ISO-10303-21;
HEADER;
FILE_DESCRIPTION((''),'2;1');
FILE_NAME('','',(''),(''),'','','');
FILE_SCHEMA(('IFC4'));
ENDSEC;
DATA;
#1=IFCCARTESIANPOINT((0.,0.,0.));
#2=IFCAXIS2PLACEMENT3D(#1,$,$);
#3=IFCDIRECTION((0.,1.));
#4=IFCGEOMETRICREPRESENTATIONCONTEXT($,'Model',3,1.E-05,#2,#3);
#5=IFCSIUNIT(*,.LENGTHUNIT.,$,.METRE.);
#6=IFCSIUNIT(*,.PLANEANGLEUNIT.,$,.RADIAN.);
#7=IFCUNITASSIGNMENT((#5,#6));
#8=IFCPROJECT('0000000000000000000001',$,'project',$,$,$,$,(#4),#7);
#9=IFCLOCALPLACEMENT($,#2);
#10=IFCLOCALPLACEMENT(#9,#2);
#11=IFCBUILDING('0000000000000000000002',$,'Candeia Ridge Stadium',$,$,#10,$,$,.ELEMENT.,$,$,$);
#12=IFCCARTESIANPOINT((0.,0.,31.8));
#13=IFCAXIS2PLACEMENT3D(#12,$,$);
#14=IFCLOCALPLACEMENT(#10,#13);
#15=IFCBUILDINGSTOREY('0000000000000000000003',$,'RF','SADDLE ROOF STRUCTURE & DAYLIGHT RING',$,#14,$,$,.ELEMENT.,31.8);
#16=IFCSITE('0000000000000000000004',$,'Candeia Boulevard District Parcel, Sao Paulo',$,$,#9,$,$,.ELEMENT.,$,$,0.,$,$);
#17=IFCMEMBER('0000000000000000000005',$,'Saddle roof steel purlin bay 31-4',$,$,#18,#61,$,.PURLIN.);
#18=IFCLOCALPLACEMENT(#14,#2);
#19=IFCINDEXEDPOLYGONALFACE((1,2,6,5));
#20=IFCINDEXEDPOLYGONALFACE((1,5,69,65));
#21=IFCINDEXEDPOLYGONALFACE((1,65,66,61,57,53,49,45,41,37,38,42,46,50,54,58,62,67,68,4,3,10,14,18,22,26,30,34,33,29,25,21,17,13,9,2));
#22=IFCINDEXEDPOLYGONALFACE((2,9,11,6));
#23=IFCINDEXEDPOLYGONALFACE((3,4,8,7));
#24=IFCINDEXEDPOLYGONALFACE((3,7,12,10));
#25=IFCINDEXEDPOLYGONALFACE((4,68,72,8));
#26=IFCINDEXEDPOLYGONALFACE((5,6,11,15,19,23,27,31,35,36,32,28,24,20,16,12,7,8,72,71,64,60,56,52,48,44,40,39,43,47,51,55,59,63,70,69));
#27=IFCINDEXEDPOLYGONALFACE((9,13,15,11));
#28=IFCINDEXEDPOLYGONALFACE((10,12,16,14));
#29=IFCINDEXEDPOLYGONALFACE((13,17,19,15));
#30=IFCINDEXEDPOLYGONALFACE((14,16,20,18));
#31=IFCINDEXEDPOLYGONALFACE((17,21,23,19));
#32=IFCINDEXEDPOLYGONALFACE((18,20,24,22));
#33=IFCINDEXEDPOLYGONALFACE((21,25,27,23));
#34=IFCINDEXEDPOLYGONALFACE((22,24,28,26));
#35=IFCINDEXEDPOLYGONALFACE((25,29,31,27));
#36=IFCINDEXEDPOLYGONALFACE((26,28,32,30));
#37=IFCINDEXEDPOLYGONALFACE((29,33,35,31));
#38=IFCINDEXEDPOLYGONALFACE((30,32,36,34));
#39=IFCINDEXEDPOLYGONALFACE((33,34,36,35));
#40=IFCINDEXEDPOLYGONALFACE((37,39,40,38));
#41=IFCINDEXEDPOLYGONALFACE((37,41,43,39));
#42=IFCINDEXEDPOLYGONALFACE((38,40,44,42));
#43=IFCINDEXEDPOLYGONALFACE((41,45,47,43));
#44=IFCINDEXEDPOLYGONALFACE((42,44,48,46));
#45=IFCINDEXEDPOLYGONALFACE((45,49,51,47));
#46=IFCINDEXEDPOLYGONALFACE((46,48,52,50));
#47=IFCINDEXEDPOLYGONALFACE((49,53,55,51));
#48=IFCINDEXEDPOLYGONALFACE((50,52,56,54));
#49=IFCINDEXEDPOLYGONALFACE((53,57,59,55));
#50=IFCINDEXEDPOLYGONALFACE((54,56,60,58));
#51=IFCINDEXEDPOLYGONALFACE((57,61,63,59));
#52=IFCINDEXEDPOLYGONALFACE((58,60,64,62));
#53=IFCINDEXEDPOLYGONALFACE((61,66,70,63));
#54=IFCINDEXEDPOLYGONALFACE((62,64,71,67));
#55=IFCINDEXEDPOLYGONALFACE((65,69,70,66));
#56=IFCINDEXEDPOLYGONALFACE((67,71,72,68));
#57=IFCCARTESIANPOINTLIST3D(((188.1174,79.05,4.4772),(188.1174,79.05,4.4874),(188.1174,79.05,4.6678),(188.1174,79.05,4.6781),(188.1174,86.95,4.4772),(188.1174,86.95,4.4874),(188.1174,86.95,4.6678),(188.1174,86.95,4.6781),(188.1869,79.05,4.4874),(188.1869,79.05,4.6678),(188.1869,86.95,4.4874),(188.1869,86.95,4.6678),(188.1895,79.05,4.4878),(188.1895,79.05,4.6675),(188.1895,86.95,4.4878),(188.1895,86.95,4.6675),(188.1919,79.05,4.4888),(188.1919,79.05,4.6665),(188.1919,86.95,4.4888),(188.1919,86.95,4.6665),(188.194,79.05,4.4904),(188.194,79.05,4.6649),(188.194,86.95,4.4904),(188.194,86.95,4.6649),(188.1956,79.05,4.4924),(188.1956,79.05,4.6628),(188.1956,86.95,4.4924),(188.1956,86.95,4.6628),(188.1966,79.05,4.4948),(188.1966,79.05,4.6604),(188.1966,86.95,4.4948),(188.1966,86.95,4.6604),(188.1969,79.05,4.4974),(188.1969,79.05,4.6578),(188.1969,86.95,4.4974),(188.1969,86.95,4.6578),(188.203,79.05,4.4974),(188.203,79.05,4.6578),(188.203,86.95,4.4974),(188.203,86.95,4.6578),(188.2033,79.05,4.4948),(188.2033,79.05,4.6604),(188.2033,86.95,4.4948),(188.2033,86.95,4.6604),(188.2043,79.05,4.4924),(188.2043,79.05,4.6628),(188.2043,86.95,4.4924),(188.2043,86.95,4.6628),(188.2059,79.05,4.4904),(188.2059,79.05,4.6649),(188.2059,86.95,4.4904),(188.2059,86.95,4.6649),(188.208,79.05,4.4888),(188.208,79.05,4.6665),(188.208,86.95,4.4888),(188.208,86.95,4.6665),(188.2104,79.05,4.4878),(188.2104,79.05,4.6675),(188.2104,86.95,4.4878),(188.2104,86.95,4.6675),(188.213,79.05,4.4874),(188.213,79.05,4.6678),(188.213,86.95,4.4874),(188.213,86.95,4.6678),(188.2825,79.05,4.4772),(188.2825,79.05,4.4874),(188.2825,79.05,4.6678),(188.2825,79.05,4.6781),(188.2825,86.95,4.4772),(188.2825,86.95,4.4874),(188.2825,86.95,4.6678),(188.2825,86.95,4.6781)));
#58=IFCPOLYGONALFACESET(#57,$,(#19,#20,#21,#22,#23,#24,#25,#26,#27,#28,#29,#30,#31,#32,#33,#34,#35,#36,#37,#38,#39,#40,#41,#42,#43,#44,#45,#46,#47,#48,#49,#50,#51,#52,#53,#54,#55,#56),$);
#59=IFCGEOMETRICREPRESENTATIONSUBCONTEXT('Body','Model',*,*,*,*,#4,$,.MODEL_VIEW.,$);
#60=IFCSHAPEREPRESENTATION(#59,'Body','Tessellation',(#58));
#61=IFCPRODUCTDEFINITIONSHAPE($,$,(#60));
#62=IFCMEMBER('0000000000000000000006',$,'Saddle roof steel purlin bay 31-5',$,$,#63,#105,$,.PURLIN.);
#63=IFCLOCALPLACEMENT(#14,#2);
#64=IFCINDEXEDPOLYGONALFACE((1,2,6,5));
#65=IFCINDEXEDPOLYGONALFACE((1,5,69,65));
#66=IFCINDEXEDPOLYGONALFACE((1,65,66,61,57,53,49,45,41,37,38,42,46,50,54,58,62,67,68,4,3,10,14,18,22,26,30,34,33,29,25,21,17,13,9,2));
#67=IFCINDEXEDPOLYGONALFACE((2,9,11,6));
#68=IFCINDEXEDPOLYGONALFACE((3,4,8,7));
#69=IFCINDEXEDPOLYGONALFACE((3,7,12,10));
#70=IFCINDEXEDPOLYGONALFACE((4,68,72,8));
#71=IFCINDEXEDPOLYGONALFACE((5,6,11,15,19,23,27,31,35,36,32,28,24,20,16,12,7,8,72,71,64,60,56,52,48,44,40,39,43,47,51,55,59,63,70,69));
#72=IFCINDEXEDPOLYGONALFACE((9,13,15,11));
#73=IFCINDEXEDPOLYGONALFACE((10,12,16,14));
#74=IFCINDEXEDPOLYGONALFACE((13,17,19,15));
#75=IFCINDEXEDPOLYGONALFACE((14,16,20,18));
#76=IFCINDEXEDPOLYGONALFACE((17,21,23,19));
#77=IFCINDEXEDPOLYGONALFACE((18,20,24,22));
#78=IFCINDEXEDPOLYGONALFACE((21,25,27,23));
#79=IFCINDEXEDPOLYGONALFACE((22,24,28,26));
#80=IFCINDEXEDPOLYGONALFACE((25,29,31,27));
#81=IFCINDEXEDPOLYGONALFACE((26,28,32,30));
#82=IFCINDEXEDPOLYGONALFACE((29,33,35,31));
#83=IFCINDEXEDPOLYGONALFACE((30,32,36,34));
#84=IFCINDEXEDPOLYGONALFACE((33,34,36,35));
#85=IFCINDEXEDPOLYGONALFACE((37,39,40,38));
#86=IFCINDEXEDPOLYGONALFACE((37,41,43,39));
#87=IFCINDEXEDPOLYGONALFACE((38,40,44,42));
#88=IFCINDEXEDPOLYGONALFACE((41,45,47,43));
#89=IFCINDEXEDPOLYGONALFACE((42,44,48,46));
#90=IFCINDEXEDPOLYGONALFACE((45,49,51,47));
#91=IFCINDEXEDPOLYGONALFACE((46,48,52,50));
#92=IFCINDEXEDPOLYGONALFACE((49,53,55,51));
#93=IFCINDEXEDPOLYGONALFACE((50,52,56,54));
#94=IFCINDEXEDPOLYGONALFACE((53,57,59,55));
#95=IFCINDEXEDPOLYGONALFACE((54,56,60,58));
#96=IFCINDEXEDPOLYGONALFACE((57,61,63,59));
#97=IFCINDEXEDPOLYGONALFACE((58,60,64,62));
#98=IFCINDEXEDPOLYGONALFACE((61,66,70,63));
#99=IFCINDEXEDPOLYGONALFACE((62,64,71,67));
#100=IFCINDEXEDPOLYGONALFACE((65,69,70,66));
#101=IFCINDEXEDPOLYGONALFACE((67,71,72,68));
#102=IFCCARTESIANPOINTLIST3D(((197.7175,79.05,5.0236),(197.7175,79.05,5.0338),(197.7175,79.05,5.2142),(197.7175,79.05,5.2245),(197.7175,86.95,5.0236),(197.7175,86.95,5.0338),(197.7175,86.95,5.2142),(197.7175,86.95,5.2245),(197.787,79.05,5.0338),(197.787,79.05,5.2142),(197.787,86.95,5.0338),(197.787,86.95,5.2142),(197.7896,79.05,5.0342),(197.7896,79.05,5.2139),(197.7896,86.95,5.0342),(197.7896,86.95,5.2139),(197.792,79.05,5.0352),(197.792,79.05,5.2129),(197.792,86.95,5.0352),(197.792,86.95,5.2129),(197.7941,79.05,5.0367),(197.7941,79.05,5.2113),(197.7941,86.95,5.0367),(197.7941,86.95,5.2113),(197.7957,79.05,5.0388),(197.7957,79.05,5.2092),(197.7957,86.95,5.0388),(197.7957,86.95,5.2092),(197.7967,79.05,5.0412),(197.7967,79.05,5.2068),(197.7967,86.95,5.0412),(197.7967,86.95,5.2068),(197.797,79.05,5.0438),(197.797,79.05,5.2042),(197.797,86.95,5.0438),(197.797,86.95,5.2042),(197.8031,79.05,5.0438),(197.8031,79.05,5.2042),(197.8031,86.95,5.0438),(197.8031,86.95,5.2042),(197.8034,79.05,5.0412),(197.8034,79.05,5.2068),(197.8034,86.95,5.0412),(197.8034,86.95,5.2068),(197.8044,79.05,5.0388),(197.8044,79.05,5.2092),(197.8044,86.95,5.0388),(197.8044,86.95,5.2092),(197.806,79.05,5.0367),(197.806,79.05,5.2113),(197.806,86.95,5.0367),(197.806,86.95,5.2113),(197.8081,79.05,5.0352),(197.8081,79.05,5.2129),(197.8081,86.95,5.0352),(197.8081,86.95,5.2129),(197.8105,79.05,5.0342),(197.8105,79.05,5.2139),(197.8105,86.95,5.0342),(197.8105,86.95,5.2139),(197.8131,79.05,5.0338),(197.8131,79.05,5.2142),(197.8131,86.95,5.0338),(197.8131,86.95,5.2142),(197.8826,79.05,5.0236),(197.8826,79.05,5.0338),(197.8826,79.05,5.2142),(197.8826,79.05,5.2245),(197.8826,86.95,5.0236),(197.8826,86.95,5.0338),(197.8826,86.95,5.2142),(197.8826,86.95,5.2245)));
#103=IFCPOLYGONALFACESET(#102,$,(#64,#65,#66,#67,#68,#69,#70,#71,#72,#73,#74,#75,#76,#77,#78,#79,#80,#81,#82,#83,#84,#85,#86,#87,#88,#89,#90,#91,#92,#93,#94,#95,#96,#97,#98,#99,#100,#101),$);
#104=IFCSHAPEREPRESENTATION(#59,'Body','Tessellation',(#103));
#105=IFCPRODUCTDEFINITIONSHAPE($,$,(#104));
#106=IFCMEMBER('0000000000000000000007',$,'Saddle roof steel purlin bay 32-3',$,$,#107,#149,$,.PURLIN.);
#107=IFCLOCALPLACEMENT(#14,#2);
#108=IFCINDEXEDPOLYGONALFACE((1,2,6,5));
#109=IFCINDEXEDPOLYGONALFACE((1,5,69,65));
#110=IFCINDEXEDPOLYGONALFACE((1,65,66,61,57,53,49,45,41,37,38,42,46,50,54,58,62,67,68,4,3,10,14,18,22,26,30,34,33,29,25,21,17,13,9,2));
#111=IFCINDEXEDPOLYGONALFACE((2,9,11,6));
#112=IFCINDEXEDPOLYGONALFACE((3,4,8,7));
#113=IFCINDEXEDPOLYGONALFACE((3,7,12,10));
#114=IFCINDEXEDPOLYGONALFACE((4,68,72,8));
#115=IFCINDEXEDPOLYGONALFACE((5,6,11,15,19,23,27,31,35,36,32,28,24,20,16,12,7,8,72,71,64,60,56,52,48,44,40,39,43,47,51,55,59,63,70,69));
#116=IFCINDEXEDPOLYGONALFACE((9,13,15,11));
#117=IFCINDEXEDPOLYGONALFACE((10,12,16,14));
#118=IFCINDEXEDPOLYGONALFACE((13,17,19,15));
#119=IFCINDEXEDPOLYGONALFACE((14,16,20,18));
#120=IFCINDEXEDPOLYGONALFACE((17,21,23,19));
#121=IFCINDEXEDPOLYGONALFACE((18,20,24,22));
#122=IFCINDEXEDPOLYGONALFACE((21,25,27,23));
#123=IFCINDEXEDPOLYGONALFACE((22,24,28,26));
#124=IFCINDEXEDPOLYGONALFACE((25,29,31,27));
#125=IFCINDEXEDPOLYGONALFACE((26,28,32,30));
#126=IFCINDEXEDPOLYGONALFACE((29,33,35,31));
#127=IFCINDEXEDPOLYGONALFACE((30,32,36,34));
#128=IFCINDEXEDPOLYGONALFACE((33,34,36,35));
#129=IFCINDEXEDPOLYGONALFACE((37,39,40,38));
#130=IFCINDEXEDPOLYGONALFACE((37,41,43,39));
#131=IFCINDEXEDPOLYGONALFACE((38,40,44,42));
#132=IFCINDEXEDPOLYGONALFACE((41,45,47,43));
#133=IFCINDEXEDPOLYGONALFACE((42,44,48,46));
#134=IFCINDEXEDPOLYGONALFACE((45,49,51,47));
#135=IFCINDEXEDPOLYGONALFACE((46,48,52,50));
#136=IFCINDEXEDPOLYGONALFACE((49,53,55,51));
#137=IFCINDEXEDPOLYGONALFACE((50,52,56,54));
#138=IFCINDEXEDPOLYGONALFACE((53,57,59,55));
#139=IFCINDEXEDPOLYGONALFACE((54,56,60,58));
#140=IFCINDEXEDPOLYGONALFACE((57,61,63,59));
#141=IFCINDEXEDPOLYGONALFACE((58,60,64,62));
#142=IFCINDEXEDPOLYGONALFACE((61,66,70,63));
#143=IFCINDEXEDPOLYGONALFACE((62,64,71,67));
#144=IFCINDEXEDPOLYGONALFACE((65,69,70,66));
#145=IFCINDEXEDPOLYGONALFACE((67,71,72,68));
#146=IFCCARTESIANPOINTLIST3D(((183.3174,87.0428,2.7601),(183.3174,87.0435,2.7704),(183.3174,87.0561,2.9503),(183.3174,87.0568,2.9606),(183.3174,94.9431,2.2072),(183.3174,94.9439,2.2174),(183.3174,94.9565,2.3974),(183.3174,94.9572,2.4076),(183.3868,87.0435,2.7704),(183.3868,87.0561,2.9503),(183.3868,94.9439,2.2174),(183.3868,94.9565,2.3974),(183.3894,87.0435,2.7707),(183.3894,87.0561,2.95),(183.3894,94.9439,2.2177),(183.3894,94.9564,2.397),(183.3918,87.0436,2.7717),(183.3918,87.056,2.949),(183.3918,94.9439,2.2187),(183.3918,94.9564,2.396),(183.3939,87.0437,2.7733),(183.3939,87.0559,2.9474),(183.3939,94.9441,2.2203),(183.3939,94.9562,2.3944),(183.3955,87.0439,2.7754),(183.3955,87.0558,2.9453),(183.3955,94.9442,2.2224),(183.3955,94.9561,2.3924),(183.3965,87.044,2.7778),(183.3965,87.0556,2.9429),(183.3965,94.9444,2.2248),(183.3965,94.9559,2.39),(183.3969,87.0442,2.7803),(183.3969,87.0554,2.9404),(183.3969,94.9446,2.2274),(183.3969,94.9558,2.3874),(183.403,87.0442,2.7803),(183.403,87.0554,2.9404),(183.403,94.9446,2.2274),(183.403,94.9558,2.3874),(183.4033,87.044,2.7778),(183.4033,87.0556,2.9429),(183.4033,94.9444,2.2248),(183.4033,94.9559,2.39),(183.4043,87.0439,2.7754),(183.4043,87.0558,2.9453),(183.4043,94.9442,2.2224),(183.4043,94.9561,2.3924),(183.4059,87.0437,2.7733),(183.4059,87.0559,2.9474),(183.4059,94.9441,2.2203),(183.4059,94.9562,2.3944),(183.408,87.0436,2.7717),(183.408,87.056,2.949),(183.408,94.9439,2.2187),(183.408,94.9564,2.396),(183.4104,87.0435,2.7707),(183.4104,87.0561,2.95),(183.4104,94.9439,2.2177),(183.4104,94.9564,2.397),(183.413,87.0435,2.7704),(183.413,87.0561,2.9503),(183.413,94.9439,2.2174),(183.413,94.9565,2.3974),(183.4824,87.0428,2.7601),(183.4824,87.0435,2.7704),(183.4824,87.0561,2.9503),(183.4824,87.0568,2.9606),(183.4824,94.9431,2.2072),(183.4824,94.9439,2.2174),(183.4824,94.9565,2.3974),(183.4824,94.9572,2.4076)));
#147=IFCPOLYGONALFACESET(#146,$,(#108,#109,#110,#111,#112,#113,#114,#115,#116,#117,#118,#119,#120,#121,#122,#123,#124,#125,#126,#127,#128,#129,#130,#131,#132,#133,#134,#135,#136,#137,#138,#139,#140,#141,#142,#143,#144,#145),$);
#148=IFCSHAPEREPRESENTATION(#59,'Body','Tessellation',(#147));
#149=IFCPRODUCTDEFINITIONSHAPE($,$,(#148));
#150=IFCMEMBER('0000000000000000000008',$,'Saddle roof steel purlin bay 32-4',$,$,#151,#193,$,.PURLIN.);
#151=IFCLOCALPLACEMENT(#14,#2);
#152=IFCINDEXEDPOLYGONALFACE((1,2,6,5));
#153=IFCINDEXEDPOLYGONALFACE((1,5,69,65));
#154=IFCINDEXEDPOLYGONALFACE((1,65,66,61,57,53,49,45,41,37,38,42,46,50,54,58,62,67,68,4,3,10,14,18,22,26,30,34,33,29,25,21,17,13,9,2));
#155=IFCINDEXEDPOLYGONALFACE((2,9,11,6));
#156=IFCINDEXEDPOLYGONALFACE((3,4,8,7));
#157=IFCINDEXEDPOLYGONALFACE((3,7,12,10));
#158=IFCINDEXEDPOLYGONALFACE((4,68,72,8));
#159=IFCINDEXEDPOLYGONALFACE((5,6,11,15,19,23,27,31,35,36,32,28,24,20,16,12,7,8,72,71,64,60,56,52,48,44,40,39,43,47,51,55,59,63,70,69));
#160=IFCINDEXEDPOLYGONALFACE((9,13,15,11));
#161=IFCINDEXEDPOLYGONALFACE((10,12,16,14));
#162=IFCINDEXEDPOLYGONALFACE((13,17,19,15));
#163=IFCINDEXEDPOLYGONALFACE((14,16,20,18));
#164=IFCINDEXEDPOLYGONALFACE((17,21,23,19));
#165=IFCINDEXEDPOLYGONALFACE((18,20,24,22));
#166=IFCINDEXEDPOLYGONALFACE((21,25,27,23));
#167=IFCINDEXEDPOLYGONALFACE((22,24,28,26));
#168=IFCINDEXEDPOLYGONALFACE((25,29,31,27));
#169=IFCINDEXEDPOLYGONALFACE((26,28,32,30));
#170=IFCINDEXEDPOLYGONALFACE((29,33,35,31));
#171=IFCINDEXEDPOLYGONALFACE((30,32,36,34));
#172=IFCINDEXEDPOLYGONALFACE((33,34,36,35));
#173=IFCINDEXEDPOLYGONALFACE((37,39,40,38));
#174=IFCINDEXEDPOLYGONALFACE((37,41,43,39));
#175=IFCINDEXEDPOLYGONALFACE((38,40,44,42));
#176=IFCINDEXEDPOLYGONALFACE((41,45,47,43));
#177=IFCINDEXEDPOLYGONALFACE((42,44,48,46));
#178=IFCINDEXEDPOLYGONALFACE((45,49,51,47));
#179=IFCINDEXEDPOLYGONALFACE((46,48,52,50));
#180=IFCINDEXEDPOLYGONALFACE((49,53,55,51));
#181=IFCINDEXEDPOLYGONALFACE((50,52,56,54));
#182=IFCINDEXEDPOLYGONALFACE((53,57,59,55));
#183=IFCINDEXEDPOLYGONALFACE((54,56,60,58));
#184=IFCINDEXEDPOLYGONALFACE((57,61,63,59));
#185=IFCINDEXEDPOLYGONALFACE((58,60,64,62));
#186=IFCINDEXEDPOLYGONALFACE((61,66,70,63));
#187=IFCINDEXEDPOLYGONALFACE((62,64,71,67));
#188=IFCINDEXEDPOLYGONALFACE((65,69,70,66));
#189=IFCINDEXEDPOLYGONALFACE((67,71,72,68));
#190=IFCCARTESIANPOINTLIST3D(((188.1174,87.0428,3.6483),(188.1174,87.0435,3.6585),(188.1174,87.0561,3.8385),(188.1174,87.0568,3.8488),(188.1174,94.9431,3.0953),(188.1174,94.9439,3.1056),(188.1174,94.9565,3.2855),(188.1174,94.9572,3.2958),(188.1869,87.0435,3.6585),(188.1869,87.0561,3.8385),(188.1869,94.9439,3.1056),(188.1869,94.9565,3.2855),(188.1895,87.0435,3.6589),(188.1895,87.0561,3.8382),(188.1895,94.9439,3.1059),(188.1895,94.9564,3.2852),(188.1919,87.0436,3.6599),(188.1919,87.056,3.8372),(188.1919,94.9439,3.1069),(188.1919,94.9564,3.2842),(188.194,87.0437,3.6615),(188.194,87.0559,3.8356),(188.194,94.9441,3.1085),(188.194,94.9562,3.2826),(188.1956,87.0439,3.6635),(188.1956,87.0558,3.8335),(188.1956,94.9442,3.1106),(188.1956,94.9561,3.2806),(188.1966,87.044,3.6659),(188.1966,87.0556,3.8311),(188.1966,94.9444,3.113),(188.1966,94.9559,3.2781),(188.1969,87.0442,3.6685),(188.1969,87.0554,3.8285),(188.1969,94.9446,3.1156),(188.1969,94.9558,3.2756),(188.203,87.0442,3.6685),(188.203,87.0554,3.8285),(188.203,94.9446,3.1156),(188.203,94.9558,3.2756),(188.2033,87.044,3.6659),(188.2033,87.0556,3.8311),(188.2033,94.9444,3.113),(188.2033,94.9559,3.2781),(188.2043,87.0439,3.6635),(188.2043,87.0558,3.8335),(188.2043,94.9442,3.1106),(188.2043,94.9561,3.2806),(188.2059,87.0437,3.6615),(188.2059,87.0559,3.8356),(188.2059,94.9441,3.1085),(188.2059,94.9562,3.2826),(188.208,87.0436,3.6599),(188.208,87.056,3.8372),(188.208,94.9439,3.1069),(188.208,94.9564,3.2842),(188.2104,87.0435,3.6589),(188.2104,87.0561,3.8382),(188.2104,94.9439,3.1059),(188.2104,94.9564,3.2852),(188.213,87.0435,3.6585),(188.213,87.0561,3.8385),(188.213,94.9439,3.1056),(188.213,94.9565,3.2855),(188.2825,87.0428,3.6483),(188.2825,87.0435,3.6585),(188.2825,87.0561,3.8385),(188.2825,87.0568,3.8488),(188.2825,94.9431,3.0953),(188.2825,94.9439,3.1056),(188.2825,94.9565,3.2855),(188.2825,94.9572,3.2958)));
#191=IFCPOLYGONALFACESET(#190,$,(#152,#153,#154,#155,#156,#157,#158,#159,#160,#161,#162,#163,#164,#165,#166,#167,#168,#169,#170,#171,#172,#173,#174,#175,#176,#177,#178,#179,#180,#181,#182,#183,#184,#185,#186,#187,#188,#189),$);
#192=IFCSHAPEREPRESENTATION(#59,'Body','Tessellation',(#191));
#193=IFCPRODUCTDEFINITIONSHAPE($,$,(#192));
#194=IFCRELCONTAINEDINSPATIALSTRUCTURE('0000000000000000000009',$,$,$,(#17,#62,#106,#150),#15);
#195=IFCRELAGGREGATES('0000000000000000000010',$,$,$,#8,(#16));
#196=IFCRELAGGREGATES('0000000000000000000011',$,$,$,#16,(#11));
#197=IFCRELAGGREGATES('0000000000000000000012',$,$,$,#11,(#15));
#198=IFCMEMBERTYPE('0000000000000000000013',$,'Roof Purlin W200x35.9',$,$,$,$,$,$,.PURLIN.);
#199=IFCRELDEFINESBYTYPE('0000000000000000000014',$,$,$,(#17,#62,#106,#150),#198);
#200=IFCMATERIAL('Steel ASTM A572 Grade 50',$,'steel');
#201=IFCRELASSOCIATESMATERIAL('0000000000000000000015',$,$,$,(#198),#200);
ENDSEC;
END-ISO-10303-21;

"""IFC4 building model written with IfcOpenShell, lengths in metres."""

from ifc_helpers import new_model, si_unit, direction, frame, origin, origin_2d, place, context, subcontext, project, spatial, i_section, extrude, material, material_profile, profile_set, type_object, element, save


model = new_model("IFC4")

# Units and contexts
model_context = context("Model", 3, precision=1e-05, world=origin(), true_north=direction((0.0, 1.0)))
body_context = subcontext(model_context, "Body", "Model", "MODEL_VIEW")
ifc_project = project(units=[si_unit("LENGTHUNIT", "METRE"), si_unit("PLANEANGLEUNIT", "RADIAN")], contexts=[model_context])

# Site, building, storey
site_placement = place(None, origin())
site = spatial("IfcSite", under=ifc_project, at=site_placement, Name="Candeia Boulevard District Parcel, Sao Paulo", CompositionType="ELEMENT", RefElevation=0.0)
building_placement = place(site_placement, origin())
building = spatial("IfcBuilding", under=site, at=building_placement, Name="Candeia Ridge Stadium", CompositionType="ELEMENT")
storey_placement = place(building_placement, frame((0.0, 0.0, 31.8)))
storey = spatial("IfcBuildingStorey", under=building, at=storey_placement, Name="RF", Description="SADDLE ROOF STRUCTURE & DAYLIGHT RING", CompositionType="ELEMENT", Elevation=31.8)

# Shared definitions
ifc_material_1 = material(Name="Steel ASTM A572 Grade 50", Category="steel")

# Members
ifc_material_profile_1 = material_profile(ifc_material_1, i_section(OverallWidth=0.165, OverallDepth=0.2009, WebThickness=0.0061, FlangeThickness=0.0103, FilletRadius=0.01, at=origin_2d()), Name="W200x35.9", Category="steel")
ifc_profile_set_1 = profile_set([ifc_material_profile_1], Name="Steel ASTM A572 Grade 50")
member_type_1 = type_object("IfcMemberType", Name="Roof Purlin W200x35.9", PredefinedType="PURLIN", material=ifc_profile_set_1)
for number, where, z_axis, x_axis, name in (
    (1, (188.2, 79.05, 4.5776), (0.0, 1.0, 0.0), (-1.0, 0.0, 0.0), "Saddle roof steel purlin bay 31-4"),
    (2, (197.8, 79.05, 5.124), (0.0, 1.0, 0.0), (-1.0, 0.0, 0.0), "Saddle roof steel purlin bay 31-5"),
):
    element("IfcMember", number, at=place(storey_placement, frame(where, z_axis=z_axis, x_axis=x_axis)), inside=storey, type_object=member_type_1, Name=name, PredefinedType="PURLIN", context=body_context, shape_type="SweptSolid", body=[
        extrude(i_section(OverallWidth=0.165, OverallDepth=0.2009, WebThickness=0.0061, FlangeThickness=0.0103, FilletRadius=0.01, at=origin_2d()), origin(), (0.0, 0.0, 1.0), 7.8999),
    ])
for number, where, z_axis, x_axis, name in (
    (3, (183.3999, 87.0498, 2.8604), (0.0, 0.997559, -0.069823), (-1.0, 0.0, 0.0), "Saddle roof steel purlin bay 32-3"),
    (4, (188.2, 87.0498, 3.7485), (0.0, 0.997559, -0.069823), (-1.0, 0.0, 0.0), "Saddle roof steel purlin bay 32-4"),
):
    element("IfcMember", number, at=place(storey_placement, frame(where, z_axis=z_axis, x_axis=x_axis)), inside=storey, type_object=member_type_1, Name=name, PredefinedType="PURLIN", context=body_context, shape_type="SweptSolid", body=[
        extrude(i_section(OverallWidth=0.165, OverallDepth=0.2009, WebThickness=0.0061, FlangeThickness=0.0103, FilletRadius=0.01, at=origin_2d()), origin(), (0.0, 0.0, 1.0), 7.9197),
    ])

save(model, "model.ifc")
